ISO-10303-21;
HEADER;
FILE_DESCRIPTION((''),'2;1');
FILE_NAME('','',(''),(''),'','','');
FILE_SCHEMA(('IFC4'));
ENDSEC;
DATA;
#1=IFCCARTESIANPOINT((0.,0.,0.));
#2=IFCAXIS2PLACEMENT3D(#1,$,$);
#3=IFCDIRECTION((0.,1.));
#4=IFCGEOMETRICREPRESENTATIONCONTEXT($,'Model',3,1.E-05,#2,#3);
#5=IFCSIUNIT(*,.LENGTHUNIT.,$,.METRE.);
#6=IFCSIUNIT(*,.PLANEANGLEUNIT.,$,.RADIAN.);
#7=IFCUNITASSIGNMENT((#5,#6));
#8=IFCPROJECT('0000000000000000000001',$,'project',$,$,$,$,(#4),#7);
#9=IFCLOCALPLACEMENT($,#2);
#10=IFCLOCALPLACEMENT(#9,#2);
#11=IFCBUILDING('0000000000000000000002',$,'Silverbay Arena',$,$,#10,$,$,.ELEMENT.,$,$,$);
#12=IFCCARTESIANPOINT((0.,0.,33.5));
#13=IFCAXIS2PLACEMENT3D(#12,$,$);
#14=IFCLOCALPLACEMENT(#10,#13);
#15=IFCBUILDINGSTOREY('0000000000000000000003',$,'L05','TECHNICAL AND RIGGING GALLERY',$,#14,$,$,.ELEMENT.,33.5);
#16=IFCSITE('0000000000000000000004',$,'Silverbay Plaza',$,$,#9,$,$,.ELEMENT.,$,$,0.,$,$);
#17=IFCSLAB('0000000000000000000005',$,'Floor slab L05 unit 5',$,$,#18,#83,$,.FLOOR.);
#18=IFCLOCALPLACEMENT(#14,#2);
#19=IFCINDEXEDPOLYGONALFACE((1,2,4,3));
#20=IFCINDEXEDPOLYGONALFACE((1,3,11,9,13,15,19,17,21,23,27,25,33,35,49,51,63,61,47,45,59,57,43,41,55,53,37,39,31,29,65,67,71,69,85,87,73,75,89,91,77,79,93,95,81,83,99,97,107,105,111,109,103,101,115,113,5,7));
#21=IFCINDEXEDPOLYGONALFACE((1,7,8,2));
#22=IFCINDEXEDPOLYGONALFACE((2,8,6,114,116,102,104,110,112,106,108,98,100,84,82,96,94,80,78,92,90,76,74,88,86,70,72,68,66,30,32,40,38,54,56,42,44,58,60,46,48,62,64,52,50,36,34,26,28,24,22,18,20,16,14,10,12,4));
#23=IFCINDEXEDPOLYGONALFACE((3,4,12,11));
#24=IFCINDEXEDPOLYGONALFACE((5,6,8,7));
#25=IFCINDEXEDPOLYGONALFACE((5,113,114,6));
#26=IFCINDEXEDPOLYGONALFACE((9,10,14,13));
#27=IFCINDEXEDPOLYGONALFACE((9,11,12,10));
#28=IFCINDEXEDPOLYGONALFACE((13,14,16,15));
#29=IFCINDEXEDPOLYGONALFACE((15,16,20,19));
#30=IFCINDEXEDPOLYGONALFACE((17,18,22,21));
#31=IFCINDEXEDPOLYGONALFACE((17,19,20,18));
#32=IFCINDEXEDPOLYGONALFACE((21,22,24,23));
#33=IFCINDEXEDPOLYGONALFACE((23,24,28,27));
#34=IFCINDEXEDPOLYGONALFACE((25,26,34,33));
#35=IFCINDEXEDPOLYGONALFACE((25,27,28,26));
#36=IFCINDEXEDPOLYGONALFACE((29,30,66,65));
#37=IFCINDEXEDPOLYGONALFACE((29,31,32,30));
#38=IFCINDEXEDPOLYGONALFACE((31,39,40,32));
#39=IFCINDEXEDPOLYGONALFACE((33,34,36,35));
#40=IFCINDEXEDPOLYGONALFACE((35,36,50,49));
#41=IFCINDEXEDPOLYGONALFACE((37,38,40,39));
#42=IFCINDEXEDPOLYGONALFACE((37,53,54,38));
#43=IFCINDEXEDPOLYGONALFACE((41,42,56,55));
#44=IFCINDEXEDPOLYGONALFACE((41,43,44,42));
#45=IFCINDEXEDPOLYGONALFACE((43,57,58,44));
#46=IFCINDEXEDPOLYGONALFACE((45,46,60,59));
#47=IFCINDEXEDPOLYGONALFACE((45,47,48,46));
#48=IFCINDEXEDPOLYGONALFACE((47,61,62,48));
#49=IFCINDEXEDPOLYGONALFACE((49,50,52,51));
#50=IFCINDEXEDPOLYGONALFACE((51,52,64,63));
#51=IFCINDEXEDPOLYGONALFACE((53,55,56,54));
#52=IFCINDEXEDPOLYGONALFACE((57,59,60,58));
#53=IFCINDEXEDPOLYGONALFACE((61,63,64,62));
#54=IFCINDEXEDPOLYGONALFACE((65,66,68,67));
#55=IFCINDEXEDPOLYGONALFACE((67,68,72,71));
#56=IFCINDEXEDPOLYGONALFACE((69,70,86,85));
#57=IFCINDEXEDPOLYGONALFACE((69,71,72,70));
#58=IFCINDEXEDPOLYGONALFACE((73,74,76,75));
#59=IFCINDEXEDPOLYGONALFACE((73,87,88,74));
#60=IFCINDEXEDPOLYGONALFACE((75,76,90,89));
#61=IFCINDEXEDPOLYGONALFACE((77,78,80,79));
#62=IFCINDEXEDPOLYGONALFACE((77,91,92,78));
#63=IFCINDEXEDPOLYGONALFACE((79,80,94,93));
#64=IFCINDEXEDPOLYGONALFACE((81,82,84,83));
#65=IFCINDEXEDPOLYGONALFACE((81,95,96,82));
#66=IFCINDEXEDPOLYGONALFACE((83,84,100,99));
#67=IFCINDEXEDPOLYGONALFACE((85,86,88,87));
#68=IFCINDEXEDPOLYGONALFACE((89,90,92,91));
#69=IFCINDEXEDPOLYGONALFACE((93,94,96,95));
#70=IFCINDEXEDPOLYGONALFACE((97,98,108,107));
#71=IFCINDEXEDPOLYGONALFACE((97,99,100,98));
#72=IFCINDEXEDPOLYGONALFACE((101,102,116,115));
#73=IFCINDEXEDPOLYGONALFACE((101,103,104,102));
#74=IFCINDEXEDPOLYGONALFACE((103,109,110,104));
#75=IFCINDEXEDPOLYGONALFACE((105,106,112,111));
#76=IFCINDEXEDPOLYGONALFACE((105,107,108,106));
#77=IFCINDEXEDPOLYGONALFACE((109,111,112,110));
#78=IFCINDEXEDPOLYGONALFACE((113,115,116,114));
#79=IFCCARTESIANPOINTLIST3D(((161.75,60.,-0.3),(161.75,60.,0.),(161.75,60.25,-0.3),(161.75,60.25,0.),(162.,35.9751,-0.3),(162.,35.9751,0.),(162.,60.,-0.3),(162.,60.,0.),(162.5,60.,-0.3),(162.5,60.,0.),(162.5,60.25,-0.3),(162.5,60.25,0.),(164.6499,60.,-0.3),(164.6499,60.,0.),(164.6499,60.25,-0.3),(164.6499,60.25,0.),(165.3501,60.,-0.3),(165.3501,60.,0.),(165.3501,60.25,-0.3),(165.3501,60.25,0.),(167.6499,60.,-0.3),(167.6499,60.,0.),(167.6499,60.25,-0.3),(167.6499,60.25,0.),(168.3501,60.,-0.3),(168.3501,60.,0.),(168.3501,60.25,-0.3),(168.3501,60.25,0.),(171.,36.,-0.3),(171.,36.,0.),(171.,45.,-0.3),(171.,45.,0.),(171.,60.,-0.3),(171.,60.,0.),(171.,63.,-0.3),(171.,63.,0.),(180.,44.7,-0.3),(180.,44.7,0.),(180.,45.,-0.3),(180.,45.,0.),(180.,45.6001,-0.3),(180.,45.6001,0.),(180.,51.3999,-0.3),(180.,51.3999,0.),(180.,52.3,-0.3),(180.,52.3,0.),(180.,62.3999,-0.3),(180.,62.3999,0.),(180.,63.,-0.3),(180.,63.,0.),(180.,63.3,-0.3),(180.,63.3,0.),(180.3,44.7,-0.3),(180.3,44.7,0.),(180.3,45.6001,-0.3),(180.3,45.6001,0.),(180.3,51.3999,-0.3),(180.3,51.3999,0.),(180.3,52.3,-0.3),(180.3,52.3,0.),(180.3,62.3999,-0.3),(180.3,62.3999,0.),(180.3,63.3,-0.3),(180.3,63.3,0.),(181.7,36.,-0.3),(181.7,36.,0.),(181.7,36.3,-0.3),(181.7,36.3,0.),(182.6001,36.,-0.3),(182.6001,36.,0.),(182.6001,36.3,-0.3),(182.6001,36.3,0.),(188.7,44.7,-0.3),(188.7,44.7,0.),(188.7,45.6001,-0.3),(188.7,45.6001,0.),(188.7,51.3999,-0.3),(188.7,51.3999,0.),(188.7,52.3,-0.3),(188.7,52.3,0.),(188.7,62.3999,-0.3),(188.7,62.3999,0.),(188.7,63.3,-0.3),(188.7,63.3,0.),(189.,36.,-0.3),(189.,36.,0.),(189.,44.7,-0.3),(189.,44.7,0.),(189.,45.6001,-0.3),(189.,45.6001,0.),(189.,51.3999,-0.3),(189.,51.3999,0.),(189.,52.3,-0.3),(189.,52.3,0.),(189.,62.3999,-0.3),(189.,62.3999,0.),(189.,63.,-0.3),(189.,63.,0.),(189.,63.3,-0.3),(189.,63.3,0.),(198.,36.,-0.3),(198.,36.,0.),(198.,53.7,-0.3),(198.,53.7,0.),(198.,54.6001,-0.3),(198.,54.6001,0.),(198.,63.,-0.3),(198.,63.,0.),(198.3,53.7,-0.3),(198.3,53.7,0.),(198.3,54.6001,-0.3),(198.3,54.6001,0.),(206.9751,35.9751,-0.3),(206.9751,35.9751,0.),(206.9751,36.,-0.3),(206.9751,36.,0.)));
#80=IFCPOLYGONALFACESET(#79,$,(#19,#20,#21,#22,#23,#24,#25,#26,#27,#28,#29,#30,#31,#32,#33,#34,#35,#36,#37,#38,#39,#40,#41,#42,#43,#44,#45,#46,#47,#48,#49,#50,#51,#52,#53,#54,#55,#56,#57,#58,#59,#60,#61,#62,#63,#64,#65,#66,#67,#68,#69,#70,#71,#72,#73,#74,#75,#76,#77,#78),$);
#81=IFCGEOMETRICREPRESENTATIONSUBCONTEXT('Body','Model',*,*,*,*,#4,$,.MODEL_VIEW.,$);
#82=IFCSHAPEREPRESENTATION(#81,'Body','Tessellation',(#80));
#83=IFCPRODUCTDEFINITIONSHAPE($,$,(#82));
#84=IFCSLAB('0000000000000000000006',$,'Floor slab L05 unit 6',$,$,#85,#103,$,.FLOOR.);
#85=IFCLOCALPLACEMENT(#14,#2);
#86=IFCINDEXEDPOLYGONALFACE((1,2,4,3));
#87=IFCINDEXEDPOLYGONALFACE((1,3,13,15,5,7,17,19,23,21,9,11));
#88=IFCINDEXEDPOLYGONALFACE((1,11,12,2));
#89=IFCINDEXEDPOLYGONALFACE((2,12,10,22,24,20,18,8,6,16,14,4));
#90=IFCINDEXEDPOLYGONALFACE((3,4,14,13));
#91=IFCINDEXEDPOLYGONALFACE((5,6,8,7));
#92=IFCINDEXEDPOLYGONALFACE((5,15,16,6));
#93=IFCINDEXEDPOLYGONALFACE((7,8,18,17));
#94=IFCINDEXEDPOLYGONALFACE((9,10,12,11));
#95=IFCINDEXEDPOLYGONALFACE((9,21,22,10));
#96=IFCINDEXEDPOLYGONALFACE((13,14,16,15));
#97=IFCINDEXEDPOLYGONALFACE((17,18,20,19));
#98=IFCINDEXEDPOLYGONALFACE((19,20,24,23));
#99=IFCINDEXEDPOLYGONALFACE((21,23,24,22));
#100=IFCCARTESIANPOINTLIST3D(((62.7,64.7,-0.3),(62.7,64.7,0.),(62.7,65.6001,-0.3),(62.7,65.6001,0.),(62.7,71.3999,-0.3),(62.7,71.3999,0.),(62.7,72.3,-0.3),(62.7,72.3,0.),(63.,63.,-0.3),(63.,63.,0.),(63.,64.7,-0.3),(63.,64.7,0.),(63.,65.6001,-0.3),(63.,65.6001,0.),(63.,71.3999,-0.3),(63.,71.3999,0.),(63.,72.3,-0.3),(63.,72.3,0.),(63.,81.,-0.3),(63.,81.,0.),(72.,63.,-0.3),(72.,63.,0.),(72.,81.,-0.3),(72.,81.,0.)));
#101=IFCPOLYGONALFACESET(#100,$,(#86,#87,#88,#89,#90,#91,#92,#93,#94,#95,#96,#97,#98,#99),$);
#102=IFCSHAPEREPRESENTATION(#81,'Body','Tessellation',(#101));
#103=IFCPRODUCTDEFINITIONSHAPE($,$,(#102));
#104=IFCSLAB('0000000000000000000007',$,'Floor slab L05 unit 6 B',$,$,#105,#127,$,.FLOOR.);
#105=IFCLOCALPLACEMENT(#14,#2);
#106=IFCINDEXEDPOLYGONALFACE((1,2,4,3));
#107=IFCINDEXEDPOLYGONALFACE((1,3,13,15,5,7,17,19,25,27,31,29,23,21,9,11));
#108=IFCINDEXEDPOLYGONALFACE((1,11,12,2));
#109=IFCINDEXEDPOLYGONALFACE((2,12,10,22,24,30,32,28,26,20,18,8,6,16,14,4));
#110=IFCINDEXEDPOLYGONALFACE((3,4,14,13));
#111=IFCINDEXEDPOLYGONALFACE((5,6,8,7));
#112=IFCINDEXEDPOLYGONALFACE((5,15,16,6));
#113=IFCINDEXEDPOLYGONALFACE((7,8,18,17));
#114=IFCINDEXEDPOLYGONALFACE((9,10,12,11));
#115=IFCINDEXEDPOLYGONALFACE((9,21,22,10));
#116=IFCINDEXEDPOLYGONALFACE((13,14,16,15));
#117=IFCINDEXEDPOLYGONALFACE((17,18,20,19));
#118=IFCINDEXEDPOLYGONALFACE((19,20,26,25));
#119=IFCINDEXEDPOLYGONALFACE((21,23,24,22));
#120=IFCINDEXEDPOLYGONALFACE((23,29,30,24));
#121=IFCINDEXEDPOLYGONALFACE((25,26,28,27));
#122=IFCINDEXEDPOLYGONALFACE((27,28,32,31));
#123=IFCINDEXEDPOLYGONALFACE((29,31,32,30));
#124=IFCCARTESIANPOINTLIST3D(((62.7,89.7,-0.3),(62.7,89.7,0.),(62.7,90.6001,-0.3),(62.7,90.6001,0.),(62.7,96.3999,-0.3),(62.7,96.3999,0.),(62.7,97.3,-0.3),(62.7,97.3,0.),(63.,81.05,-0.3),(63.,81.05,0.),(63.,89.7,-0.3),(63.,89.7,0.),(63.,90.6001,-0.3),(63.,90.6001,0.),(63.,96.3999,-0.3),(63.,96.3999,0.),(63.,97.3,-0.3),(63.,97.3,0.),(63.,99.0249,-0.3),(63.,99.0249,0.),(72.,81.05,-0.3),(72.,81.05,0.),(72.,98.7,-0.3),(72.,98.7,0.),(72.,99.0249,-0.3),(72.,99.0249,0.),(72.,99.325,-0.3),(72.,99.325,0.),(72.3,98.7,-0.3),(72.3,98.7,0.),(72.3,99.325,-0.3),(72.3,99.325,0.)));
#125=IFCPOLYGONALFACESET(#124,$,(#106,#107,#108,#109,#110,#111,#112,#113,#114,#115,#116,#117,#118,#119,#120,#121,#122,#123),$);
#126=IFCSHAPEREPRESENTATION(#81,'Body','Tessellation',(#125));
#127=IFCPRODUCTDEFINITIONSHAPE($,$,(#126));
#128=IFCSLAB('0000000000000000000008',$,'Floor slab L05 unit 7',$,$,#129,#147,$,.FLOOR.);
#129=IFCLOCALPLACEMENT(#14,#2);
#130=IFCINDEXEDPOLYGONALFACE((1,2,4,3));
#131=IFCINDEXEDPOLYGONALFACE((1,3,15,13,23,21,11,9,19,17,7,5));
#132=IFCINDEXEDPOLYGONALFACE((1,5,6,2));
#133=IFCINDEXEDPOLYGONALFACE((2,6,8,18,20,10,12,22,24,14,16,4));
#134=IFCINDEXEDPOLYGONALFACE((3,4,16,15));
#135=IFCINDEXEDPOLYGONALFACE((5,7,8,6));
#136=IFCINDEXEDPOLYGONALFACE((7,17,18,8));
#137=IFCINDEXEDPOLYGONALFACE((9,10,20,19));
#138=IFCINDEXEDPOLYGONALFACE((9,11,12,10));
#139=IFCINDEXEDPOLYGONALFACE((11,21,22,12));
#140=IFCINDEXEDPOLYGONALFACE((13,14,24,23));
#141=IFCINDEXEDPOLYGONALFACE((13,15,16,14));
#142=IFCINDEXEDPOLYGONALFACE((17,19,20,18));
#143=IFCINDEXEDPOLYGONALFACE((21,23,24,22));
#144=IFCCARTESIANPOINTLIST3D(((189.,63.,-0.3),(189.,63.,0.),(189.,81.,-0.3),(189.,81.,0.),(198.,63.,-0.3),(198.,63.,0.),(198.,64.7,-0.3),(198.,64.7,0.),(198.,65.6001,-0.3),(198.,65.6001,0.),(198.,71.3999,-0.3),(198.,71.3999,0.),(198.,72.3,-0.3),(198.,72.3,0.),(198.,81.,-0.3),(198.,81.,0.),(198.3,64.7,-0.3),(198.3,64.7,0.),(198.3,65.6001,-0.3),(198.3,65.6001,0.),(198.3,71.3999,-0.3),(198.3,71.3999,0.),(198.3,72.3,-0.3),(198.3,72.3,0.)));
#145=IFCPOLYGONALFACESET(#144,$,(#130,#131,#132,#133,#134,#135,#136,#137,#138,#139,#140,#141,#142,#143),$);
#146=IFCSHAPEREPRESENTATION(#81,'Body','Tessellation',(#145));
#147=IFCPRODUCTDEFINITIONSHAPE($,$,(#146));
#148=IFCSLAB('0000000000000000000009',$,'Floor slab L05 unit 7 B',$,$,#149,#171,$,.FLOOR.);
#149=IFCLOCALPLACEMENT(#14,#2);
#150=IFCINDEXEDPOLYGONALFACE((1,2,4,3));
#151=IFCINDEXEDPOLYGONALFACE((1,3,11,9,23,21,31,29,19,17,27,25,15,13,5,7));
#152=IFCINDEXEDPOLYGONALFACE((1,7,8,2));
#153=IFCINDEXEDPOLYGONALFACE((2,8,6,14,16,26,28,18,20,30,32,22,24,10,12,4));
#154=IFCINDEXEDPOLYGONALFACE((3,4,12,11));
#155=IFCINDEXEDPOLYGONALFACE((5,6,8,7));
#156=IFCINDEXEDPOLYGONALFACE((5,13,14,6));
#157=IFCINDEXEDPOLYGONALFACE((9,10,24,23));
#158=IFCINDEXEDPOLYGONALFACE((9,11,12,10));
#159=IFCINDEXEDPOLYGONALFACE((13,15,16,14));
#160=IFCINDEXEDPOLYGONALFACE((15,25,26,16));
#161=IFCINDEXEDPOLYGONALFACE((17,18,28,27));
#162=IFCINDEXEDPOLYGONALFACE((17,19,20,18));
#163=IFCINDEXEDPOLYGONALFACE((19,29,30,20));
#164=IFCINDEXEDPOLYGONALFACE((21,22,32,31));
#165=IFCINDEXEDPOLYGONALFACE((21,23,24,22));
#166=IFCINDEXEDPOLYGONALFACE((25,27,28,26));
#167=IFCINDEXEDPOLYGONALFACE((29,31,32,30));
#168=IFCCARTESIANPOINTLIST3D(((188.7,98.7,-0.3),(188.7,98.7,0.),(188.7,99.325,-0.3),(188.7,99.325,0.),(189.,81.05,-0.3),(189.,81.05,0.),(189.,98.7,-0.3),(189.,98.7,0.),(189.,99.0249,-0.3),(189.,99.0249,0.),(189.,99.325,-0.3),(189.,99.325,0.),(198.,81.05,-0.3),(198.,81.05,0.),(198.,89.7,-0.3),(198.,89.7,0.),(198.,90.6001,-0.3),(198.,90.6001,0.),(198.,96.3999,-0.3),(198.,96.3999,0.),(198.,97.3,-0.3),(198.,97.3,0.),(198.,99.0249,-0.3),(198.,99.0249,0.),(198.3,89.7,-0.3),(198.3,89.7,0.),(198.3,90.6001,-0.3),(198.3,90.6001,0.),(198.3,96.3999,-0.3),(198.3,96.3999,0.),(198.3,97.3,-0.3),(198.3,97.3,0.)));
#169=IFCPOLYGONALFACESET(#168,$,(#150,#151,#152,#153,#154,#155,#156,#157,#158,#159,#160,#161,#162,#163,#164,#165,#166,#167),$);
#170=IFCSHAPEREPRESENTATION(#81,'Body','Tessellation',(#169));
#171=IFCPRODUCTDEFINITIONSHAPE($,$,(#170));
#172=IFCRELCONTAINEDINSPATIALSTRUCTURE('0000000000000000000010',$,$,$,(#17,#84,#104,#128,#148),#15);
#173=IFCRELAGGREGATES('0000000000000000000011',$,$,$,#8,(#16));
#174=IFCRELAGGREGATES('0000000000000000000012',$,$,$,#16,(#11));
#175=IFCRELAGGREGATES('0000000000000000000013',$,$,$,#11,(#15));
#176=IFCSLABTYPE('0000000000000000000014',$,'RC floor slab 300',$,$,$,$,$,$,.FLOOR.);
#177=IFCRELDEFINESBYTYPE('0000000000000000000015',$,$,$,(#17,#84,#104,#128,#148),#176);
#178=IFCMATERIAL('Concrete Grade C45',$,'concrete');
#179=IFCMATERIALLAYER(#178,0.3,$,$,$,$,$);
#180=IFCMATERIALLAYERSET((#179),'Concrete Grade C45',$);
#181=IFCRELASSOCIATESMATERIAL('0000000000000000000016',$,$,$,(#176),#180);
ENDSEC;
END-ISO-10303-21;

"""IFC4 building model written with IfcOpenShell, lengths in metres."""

from ifc_helpers import new_model, si_unit, direction, frame, origin, place, context, subcontext, project, spatial, polyline, outline, extrude, material, layer, layer_set, type_object, element, save


model = new_model("IFC4")

# Units and contexts
model_context = context("Model", 3, precision=1e-05, world=origin(), true_north=direction((0.0, 1.0)))
body_context = subcontext(model_context, "Body", "Model", "MODEL_VIEW")
ifc_project = project(units=[si_unit("LENGTHUNIT", "METRE"), si_unit("PLANEANGLEUNIT", "RADIAN")], contexts=[model_context])

# Site, building, storey
site_placement = place(None, origin())
site = spatial("IfcSite", under=ifc_project, at=site_placement, Name="Silverbay Plaza", CompositionType="ELEMENT", RefElevation=0.0)
building_placement = place(site_placement, origin())
building = spatial("IfcBuilding", under=site, at=building_placement, Name="Silverbay Arena", CompositionType="ELEMENT")
storey_placement = place(building_placement, frame((0.0, 0.0, 33.5)))
storey = spatial("IfcBuildingStorey", under=building, at=storey_placement, Name="L05", Description="TECHNICAL AND RIGGING GALLERY", CompositionType="ELEMENT", Elevation=33.5)

# Slabs
ifc_material_1 = material(Name="Concrete Grade C45", Category="concrete")
ifc_layer_1 = layer(ifc_material_1, 0.3)
ifc_layer_set_1 = layer_set([ifc_layer_1], Name="Concrete Grade C45")
slab_type_1 = type_object("IfcSlabType", Name="RC floor slab 300", PredefinedType="FLOOR", material=ifc_layer_set_1)
slab_1_placement = place(storey_placement, frame((0.0, 0.0, -0.3)))
element("IfcSlab", 1, at=slab_1_placement, inside=storey, type_object=slab_type_1, Name="Floor slab L05 unit 5", PredefinedType="FLOOR", context=body_context, shape_type="SweptSolid", body=[
    extrude(outline(polyline([(181.7, 36.3), (182.6001, 36.3), (182.6001, 36.0), (189.0, 36.0), (189.0, 44.7), (188.7, 44.7), (188.7, 45.6001), (189.0, 45.6001), (189.0, 51.3999), (188.7, 51.3999), (188.7, 52.3), (189.0, 52.3), (189.0, 62.3999), (188.7, 62.3999), (188.7, 63.3), (189.0, 63.3), (189.0, 63.0), (198.0, 63.0), (198.0, 54.6001), (198.3, 54.6001), (198.3, 53.7), (198.0, 53.7), (198.0, 36.0), (206.9751, 36.0), (206.9751, 35.9751), (162.0, 35.9751), (162.0, 60.0), (161.75, 60.0), (161.75, 60.25), (162.5, 60.25), (162.5, 60.0), (164.6499, 60.0), (164.6499, 60.25), (165.3501, 60.25), (165.3501, 60.0), (167.6499, 60.0), (167.6499, 60.25), (168.3501, 60.25), (168.3501, 60.0), (171.0, 60.0), (171.0, 63.0), (180.0, 63.0), (180.0, 63.3), (180.3, 63.3), (180.3, 62.3999), (180.0, 62.3999), (180.0, 52.3), (180.3, 52.3), (180.3, 51.3999), (180.0, 51.3999), (180.0, 45.6001), (180.3, 45.6001), (180.3, 44.7), (180.0, 44.7), (180.0, 45.0), (171.0, 45.0), (171.0, 36.0), (181.7, 36.0), (181.7, 36.3)])), origin(), (0.0, 0.0, 1.0), 0.3),
])
slab_2_placement = place(storey_placement, frame((0.0, 0.0, -0.3)))
element("IfcSlab", 2, at=slab_2_placement, inside=storey, type_object=slab_type_1, Name="Floor slab L05 unit 6", PredefinedType="FLOOR", context=body_context, shape_type="SweptSolid", body=[
    extrude(outline(polyline([(63.0, 64.7), (62.7, 64.7), (62.7, 65.6001), (63.0, 65.6001), (63.0, 71.3999), (62.7, 71.3999), (62.7, 72.3), (63.0, 72.3), (63.0, 81.0), (72.0, 81.0), (72.0, 63.0), (63.0, 63.0), (63.0, 64.7)])), origin(), (0.0, 0.0, 1.0), 0.3),
])
slab_3_placement = place(storey_placement, frame((0.0, 0.0, -0.3)))
element("IfcSlab", 3, at=slab_3_placement, inside=storey, type_object=slab_type_1, Name="Floor slab L05 unit 6 B", PredefinedType="FLOOR", context=body_context, shape_type="SweptSolid", body=[
    extrude(outline(polyline([(63.0, 89.7), (62.7, 89.7), (62.7, 90.6001), (63.0, 90.6001), (63.0, 96.3999), (62.7, 96.3999), (62.7, 97.3), (63.0, 97.3), (63.0, 99.0249), (72.0, 99.0249), (72.0, 99.325), (72.3, 99.325), (72.3, 98.7), (72.0, 98.7), (72.0, 81.05), (63.0, 81.05), (63.0, 89.7)])), origin(), (0.0, 0.0, 1.0), 0.3),
])
slab_4_placement = place(storey_placement, frame((0.0, 0.0, -0.3)))
element("IfcSlab", 4, at=slab_4_placement, inside=storey, type_object=slab_type_1, Name="Floor slab L05 unit 7", PredefinedType="FLOOR", context=body_context, shape_type="SweptSolid", body=[
    extrude(outline(polyline([(198.0, 72.3), (198.3, 72.3), (198.3, 71.3999), (198.0, 71.3999), (198.0, 65.6001), (198.3, 65.6001), (198.3, 64.7), (198.0, 64.7), (198.0, 63.0), (189.0, 63.0), (189.0, 81.0), (198.0, 81.0), (198.0, 72.3)])), origin(), (0.0, 0.0, 1.0), 0.3),
])
slab_5_placement = place(storey_placement, frame((0.0, 0.0, -0.3)))
element("IfcSlab", 5, at=slab_5_placement, inside=storey, type_object=slab_type_1, Name="Floor slab L05 unit 7 B", PredefinedType="FLOOR", context=body_context, shape_type="SweptSolid", body=[
    extrude(outline(polyline([(188.7, 99.325), (189.0, 99.325), (189.0, 99.0249), (198.0, 99.0249), (198.0, 97.3), (198.3, 97.3), (198.3, 96.3999), (198.0, 96.3999), (198.0, 90.6001), (198.3, 90.6001), (198.3, 89.7), (198.0, 89.7), (198.0, 81.05), (189.0, 81.05), (189.0, 98.7), (188.7, 98.7), (188.7, 99.325)])), origin(), (0.0, 0.0, 1.0), 0.3),
])

save(model, "model.ifc")
